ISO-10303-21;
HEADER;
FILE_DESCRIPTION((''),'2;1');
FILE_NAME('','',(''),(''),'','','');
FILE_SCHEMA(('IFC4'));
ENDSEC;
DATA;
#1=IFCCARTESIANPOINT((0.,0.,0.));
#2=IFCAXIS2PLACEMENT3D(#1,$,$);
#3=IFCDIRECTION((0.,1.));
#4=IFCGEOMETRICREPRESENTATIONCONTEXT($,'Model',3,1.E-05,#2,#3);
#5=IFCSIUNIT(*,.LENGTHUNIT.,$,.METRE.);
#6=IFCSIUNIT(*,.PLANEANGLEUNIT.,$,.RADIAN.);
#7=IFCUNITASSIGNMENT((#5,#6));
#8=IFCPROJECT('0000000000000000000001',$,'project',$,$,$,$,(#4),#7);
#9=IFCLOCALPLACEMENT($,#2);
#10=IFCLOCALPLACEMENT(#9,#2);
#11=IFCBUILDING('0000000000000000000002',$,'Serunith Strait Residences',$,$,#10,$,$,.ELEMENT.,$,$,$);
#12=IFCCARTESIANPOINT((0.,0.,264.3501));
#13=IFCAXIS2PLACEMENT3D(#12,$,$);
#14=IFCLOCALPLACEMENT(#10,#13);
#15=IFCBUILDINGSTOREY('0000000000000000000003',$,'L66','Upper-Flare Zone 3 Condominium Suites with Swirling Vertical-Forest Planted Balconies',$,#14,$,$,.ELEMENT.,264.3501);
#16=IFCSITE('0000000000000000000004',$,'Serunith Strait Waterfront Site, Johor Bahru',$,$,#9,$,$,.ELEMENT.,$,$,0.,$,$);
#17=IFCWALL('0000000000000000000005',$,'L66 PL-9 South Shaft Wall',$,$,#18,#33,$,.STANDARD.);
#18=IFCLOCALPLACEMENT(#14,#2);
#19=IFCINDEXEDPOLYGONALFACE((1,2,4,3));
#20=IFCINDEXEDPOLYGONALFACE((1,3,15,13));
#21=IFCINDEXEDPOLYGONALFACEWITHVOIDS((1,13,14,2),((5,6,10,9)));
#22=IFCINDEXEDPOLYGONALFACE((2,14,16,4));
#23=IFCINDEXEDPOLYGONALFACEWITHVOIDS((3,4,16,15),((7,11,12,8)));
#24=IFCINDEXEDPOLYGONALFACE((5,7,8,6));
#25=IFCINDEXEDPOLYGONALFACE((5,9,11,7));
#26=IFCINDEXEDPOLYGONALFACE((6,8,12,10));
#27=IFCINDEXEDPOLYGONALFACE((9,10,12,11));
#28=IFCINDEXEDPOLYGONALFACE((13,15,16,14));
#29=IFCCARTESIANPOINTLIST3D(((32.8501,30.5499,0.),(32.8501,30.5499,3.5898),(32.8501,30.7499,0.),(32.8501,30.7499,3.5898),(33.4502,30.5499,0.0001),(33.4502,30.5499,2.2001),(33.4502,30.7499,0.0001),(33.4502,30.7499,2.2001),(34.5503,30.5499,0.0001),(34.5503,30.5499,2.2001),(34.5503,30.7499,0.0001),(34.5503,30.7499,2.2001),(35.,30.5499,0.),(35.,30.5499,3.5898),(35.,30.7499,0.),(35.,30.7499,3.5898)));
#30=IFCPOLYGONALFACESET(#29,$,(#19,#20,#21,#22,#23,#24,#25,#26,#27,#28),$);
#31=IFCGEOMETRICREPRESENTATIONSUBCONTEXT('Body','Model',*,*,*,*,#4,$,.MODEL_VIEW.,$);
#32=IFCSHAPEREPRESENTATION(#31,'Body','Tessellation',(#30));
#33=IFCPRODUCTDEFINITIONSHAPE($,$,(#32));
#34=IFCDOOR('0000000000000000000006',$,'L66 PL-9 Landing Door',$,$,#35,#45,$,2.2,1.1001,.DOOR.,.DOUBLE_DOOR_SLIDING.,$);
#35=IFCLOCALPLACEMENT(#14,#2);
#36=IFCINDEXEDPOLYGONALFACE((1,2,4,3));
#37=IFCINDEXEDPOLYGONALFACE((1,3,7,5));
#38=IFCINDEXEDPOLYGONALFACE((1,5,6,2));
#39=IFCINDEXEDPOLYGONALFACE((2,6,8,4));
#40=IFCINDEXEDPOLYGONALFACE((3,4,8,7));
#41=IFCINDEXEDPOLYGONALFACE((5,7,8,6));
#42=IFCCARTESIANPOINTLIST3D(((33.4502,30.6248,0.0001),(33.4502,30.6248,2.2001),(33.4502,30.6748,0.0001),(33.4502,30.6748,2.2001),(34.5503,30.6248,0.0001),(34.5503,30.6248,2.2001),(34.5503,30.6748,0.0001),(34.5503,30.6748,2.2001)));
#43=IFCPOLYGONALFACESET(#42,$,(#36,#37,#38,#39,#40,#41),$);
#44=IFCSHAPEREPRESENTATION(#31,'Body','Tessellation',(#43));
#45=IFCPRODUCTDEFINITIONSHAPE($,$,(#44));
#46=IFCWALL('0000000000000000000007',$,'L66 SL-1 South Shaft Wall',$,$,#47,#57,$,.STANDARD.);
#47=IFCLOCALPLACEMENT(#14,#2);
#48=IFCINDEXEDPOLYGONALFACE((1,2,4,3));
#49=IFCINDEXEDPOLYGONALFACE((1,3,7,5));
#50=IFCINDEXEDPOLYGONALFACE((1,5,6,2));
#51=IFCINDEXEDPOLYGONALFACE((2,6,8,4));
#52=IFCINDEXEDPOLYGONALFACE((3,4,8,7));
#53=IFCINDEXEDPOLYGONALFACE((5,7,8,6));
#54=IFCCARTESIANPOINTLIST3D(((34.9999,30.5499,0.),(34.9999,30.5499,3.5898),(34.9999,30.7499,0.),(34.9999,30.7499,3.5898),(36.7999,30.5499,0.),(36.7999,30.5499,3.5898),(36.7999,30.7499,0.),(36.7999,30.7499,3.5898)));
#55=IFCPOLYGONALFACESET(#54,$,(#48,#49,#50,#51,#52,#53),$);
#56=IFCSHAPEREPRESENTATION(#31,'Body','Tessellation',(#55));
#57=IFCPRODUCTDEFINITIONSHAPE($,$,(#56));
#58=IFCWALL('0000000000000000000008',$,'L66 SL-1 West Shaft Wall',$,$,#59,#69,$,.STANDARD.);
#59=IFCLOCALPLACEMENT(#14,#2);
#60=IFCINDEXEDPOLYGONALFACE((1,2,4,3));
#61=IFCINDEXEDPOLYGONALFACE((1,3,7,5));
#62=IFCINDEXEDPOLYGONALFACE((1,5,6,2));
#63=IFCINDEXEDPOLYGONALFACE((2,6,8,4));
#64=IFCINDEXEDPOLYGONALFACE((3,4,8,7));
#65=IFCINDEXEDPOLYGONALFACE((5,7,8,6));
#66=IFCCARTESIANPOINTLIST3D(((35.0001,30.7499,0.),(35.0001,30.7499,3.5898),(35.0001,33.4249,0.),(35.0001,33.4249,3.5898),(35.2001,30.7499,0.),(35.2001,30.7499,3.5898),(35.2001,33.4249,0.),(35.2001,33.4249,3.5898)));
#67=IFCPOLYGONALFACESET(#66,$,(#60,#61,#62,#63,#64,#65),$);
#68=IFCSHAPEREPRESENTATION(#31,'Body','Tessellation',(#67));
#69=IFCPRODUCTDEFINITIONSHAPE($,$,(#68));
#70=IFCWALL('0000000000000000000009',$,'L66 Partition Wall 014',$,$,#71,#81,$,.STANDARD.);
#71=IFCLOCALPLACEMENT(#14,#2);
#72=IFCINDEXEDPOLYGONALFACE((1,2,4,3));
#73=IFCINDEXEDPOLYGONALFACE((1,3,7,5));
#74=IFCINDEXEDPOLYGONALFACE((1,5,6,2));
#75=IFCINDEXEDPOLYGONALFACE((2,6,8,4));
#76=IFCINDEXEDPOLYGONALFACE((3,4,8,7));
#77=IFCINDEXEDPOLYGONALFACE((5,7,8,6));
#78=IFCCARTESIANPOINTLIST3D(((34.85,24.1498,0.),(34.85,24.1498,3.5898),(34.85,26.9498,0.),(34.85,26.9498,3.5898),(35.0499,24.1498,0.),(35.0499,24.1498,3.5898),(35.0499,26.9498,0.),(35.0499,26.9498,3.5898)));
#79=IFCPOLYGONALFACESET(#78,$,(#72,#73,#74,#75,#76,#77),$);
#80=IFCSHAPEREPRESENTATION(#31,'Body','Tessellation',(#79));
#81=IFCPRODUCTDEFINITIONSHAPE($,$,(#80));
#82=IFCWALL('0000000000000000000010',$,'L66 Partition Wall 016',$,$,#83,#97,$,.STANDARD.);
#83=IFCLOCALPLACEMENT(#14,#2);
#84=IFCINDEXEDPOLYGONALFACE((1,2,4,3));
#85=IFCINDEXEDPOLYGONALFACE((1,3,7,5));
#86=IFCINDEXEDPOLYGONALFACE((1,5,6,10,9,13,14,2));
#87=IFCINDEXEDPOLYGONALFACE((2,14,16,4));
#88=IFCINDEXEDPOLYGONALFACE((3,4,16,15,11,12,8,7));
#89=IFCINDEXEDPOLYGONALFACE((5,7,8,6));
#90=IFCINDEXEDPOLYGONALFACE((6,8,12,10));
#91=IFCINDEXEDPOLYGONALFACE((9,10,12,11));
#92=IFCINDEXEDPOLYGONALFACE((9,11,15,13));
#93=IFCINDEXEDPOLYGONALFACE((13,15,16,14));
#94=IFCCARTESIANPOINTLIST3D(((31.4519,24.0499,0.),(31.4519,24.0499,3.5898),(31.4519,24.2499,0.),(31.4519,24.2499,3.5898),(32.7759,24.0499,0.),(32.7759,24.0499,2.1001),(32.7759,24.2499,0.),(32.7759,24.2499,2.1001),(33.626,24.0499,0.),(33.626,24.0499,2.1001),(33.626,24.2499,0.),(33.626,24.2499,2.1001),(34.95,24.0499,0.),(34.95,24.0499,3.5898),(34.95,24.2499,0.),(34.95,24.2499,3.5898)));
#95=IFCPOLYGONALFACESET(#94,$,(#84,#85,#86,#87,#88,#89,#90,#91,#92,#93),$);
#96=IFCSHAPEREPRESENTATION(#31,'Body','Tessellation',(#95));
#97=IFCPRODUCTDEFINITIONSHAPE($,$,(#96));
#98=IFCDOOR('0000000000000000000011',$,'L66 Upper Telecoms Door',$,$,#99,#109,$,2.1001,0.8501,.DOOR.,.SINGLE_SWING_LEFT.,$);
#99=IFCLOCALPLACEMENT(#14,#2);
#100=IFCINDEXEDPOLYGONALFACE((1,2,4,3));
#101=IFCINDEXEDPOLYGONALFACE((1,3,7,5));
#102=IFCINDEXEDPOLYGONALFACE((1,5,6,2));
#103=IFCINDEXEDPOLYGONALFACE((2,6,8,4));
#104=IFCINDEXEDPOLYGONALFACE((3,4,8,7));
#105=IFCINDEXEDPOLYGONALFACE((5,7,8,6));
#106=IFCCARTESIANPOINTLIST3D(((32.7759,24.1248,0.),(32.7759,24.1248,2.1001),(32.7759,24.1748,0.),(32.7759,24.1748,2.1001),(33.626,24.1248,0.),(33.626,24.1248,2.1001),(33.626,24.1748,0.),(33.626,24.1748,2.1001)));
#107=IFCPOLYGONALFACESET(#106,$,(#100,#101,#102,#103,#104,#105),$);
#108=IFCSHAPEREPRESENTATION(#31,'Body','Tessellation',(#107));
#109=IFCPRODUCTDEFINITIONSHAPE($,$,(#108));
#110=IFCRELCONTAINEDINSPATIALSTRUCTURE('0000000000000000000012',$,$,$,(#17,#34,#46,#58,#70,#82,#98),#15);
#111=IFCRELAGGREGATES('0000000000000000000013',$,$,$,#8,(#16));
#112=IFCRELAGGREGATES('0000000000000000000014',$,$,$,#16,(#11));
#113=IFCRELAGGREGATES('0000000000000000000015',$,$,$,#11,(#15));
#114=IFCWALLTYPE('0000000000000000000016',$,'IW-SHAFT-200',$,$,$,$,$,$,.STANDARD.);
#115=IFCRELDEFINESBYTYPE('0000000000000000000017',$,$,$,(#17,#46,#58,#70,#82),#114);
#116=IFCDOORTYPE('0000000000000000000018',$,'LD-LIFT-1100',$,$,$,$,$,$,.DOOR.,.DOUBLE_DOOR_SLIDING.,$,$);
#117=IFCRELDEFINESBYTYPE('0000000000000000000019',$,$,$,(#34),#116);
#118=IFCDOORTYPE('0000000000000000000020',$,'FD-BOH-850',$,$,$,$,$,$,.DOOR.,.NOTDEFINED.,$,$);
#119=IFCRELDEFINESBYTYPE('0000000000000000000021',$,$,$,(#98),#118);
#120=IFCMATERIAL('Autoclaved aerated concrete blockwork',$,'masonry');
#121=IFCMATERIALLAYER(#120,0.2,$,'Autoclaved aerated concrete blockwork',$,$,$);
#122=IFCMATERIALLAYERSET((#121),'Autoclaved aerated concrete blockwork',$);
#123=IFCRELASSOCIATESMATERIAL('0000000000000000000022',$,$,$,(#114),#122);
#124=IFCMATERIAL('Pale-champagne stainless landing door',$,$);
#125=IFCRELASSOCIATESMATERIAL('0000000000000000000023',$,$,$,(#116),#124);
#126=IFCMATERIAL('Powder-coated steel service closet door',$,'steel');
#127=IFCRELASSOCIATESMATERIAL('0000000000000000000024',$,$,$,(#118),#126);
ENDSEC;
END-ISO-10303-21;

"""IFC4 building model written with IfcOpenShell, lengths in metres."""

from ifc_helpers import new_model, si_unit, direction, frame, frame_2d, origin, place, context, subcontext, project, spatial, rectangle, extrude, source, transform, mapped, material, layer, layer_set, type_object, element, fill, save


model = new_model("IFC4")

# Units and contexts
model_context = context("Model", 3, precision=1e-05, world=origin(), true_north=direction((0.0, 1.0)))
body_context = subcontext(model_context, "Body", "Model", "MODEL_VIEW")
ifc_project = project(units=[si_unit("LENGTHUNIT", "METRE"), si_unit("PLANEANGLEUNIT", "RADIAN")], contexts=[model_context])

# Site, building, storey
site_placement = place(None, origin())
site = spatial("IfcSite", under=ifc_project, at=site_placement, Name="Serunith Strait Waterfront Site, Johor Bahru", CompositionType="ELEMENT", RefElevation=0.0)
building_placement = place(site_placement, origin())
building = spatial("IfcBuilding", under=site, at=building_placement, Name="Serunith Strait Residences", CompositionType="ELEMENT")
storey_placement = place(building_placement, frame((0.0, 0.0, 264.3501)))
storey = spatial("IfcBuildingStorey", under=building, at=storey_placement, Name="L66", Description="Upper-Flare Zone 3 Condominium Suites with Swirling Vertical-Forest Planted Balconies", CompositionType="ELEMENT", Elevation=264.3501)

# Shared definitions
shared_shape_1 = source(origin(), body_context, "Body", "SweptSolid", [
    extrude(rectangle(XDim=0.8501, YDim=2.1001, at=frame_2d((0.425, 1.05))), frame((0.0, 0.0249, 0.0), z_axis=(0.0, -1.0, 0.0), x_axis=(1.0, 0.0, 0.0)), (0.0, 0.0, 1.0), 0.05),
])

# Wall, opening, door
ifc_material_1 = material(Name="Autoclaved aerated concrete blockwork", Category="masonry")
ifc_layer_1 = layer(ifc_material_1, 0.2, Name="Autoclaved aerated concrete blockwork")
ifc_layer_set_1 = layer_set([ifc_layer_1], Name="Autoclaved aerated concrete blockwork")
wall_type_1 = type_object("IfcWallType", Name="IW-SHAFT-200", PredefinedType="STANDARD", material=ifc_layer_set_1)
ifc_material_2 = material(Name="Pale-champagne stainless landing door")
door_type_1 = type_object("IfcDoorType", Name="LD-LIFT-1100", OperationType="DOUBLE_DOOR_SLIDING", PredefinedType="DOOR", material=ifc_material_2)
shared_shape_2 = source(origin(), body_context, "Body", "SweptSolid", [
    extrude(rectangle(XDim=1.1001, YDim=2.2, at=frame_2d((0.55, 1.1001))), frame((0.0, 0.0249, 0.0), z_axis=(0.0, -1.0, 0.0), x_axis=(1.0, 0.0, 0.0)), (0.0, 0.0, 1.0), 0.05),
])
wall_1_placement = place(storey_placement, frame((32.8501, 30.6499, 0.0), z_axis=(0.0, 0.0, 1.0), x_axis=(1.0, 0.0, 0.0)))
wall_1 = element("IfcWall", 1, at=wall_1_placement, inside=storey, type_object=wall_type_1, Name="L66 PL-9 South Shaft Wall", PredefinedType="STANDARD", context=body_context, shape_type="SweptSolid", body=[
    extrude(rectangle(XDim=2.1499, YDim=0.2, at=frame_2d((1.075, 0.0))), origin(), (0.0, 0.0, 1.0), 3.5898),
])
opening_1_placement = place(wall_1_placement, frame((0.6001, 0.0, 0.0)))
opening_1 = element("IfcOpeningElement", 2, at=opening_1_placement, cuts=wall_1, PredefinedType="OPENING", context=body_context, shape_type="SweptSolid", body=[
    extrude(rectangle(XDim=1.1001, YDim=2.2, at=frame_2d((0.55, 1.1001))), frame((0.0, 0.1099, 0.0), z_axis=(0.0, -1.0, 0.0), x_axis=(1.0, 0.0, 0.0)), (0.0, 0.0, 1.0), 0.22),
])
door_1_placement = place(opening_1_placement, origin())
door_1 = element("IfcDoor", 3, at=door_1_placement, inside=storey, type_object=door_type_1, Name="L66 PL-9 Landing Door", OperationType="DOUBLE_DOOR_SLIDING", OverallHeight=2.2, OverallWidth=1.1001, PredefinedType="DOOR", context=body_context, shape_type="MappedRepresentation", body=[
    mapped(shared_shape_2, transform((0.0, 0.0, 0.0), scale=1.0)),
])
fill(opening_1, door_1)

# Walls
wall_2_placement = place(storey_placement, frame((35.0, 30.6499, 0.0), z_axis=(0.0, 0.0, 1.0), x_axis=(1.0, 0.0, 0.0)))
element("IfcWall", 4, at=wall_2_placement, inside=storey, type_object=wall_type_1, Name="L66 SL-1 South Shaft Wall", PredefinedType="STANDARD", context=body_context, shape_type="SweptSolid", body=[
    extrude(rectangle(XDim=1.8, YDim=0.2, at=frame_2d((0.8999, 0.0))), origin(), (0.0, 0.0, 1.0), 3.5898),
])
wall_3_placement = place(storey_placement, frame((35.1001, 30.75, 0.0), z_axis=(0.0, 0.0, 1.0), x_axis=(0.0, 1.0, 0.0)))
element("IfcWall", 5, at=wall_3_placement, inside=storey, type_object=wall_type_1, Name="L66 SL-1 West Shaft Wall", PredefinedType="STANDARD", context=body_context, shape_type="SweptSolid", body=[
    extrude(rectangle(XDim=2.675, YDim=0.2, at=frame_2d((1.3374, 0.0))), origin(), (0.0, 0.0, 1.0), 3.5898),
])
wall_4_placement = place(storey_placement, frame((34.95, 24.1499, 0.0), z_axis=(0.0, 0.0, 1.0), x_axis=(0.0, 1.0, 0.0)))
element("IfcWall", 6, at=wall_4_placement, inside=storey, type_object=wall_type_1, Name="L66 Partition Wall 014", PredefinedType="STANDARD", context=body_context, shape_type="SweptSolid", body=[
    extrude(rectangle(XDim=2.8, YDim=0.2, at=frame_2d((1.3999, 0.0))), origin(), (0.0, 0.0, 1.0), 3.5898),
])

# Wall, opening, door
wall_5_placement = place(storey_placement, frame((31.4519, 24.1499, 0.0), z_axis=(0.0, 0.0, 1.0), x_axis=(1.0, 0.0, 0.0)))
wall_5 = element("IfcWall", 7, at=wall_5_placement, inside=storey, type_object=wall_type_1, Name="L66 Partition Wall 016", PredefinedType="STANDARD", context=body_context, shape_type="SweptSolid", body=[
    extrude(rectangle(XDim=3.498, YDim=0.2, at=frame_2d((1.749, 0.0))), origin(), (0.0, 0.0, 1.0), 3.5898),
])
opening_2_placement = place(wall_5_placement, frame((1.324, 0.0, 0.0)))
opening_2 = element("IfcOpeningElement", 8, at=opening_2_placement, cuts=wall_5, PredefinedType="OPENING", context=body_context, shape_type="SweptSolid", body=[
    extrude(rectangle(XDim=0.8501, YDim=2.1001, at=frame_2d((0.425, 1.05))), frame((0.0, 0.1099, 0.0), z_axis=(0.0, -1.0, 0.0), x_axis=(1.0, 0.0, 0.0)), (0.0, 0.0, 1.0), 0.22),
])
ifc_material_3 = material(Name="Powder-coated steel service closet door", Category="steel")
door_type_2 = type_object("IfcDoorType", Name="FD-BOH-850", OperationType="NOTDEFINED", PredefinedType="DOOR", material=ifc_material_3)
door_2_placement = place(opening_2_placement, origin())
door_2 = element("IfcDoor", 9, at=door_2_placement, inside=storey, type_object=door_type_2, Name="L66 Upper Telecoms Door", OperationType="SINGLE_SWING_LEFT", OverallHeight=2.1001, OverallWidth=0.8501, PredefinedType="DOOR", context=body_context, shape_type="MappedRepresentation", body=[
    mapped(shared_shape_1, transform((0.0, 0.0, 0.0), scale=1.0)),
])
fill(opening_2, door_2)

save(model, "model.ifc")
